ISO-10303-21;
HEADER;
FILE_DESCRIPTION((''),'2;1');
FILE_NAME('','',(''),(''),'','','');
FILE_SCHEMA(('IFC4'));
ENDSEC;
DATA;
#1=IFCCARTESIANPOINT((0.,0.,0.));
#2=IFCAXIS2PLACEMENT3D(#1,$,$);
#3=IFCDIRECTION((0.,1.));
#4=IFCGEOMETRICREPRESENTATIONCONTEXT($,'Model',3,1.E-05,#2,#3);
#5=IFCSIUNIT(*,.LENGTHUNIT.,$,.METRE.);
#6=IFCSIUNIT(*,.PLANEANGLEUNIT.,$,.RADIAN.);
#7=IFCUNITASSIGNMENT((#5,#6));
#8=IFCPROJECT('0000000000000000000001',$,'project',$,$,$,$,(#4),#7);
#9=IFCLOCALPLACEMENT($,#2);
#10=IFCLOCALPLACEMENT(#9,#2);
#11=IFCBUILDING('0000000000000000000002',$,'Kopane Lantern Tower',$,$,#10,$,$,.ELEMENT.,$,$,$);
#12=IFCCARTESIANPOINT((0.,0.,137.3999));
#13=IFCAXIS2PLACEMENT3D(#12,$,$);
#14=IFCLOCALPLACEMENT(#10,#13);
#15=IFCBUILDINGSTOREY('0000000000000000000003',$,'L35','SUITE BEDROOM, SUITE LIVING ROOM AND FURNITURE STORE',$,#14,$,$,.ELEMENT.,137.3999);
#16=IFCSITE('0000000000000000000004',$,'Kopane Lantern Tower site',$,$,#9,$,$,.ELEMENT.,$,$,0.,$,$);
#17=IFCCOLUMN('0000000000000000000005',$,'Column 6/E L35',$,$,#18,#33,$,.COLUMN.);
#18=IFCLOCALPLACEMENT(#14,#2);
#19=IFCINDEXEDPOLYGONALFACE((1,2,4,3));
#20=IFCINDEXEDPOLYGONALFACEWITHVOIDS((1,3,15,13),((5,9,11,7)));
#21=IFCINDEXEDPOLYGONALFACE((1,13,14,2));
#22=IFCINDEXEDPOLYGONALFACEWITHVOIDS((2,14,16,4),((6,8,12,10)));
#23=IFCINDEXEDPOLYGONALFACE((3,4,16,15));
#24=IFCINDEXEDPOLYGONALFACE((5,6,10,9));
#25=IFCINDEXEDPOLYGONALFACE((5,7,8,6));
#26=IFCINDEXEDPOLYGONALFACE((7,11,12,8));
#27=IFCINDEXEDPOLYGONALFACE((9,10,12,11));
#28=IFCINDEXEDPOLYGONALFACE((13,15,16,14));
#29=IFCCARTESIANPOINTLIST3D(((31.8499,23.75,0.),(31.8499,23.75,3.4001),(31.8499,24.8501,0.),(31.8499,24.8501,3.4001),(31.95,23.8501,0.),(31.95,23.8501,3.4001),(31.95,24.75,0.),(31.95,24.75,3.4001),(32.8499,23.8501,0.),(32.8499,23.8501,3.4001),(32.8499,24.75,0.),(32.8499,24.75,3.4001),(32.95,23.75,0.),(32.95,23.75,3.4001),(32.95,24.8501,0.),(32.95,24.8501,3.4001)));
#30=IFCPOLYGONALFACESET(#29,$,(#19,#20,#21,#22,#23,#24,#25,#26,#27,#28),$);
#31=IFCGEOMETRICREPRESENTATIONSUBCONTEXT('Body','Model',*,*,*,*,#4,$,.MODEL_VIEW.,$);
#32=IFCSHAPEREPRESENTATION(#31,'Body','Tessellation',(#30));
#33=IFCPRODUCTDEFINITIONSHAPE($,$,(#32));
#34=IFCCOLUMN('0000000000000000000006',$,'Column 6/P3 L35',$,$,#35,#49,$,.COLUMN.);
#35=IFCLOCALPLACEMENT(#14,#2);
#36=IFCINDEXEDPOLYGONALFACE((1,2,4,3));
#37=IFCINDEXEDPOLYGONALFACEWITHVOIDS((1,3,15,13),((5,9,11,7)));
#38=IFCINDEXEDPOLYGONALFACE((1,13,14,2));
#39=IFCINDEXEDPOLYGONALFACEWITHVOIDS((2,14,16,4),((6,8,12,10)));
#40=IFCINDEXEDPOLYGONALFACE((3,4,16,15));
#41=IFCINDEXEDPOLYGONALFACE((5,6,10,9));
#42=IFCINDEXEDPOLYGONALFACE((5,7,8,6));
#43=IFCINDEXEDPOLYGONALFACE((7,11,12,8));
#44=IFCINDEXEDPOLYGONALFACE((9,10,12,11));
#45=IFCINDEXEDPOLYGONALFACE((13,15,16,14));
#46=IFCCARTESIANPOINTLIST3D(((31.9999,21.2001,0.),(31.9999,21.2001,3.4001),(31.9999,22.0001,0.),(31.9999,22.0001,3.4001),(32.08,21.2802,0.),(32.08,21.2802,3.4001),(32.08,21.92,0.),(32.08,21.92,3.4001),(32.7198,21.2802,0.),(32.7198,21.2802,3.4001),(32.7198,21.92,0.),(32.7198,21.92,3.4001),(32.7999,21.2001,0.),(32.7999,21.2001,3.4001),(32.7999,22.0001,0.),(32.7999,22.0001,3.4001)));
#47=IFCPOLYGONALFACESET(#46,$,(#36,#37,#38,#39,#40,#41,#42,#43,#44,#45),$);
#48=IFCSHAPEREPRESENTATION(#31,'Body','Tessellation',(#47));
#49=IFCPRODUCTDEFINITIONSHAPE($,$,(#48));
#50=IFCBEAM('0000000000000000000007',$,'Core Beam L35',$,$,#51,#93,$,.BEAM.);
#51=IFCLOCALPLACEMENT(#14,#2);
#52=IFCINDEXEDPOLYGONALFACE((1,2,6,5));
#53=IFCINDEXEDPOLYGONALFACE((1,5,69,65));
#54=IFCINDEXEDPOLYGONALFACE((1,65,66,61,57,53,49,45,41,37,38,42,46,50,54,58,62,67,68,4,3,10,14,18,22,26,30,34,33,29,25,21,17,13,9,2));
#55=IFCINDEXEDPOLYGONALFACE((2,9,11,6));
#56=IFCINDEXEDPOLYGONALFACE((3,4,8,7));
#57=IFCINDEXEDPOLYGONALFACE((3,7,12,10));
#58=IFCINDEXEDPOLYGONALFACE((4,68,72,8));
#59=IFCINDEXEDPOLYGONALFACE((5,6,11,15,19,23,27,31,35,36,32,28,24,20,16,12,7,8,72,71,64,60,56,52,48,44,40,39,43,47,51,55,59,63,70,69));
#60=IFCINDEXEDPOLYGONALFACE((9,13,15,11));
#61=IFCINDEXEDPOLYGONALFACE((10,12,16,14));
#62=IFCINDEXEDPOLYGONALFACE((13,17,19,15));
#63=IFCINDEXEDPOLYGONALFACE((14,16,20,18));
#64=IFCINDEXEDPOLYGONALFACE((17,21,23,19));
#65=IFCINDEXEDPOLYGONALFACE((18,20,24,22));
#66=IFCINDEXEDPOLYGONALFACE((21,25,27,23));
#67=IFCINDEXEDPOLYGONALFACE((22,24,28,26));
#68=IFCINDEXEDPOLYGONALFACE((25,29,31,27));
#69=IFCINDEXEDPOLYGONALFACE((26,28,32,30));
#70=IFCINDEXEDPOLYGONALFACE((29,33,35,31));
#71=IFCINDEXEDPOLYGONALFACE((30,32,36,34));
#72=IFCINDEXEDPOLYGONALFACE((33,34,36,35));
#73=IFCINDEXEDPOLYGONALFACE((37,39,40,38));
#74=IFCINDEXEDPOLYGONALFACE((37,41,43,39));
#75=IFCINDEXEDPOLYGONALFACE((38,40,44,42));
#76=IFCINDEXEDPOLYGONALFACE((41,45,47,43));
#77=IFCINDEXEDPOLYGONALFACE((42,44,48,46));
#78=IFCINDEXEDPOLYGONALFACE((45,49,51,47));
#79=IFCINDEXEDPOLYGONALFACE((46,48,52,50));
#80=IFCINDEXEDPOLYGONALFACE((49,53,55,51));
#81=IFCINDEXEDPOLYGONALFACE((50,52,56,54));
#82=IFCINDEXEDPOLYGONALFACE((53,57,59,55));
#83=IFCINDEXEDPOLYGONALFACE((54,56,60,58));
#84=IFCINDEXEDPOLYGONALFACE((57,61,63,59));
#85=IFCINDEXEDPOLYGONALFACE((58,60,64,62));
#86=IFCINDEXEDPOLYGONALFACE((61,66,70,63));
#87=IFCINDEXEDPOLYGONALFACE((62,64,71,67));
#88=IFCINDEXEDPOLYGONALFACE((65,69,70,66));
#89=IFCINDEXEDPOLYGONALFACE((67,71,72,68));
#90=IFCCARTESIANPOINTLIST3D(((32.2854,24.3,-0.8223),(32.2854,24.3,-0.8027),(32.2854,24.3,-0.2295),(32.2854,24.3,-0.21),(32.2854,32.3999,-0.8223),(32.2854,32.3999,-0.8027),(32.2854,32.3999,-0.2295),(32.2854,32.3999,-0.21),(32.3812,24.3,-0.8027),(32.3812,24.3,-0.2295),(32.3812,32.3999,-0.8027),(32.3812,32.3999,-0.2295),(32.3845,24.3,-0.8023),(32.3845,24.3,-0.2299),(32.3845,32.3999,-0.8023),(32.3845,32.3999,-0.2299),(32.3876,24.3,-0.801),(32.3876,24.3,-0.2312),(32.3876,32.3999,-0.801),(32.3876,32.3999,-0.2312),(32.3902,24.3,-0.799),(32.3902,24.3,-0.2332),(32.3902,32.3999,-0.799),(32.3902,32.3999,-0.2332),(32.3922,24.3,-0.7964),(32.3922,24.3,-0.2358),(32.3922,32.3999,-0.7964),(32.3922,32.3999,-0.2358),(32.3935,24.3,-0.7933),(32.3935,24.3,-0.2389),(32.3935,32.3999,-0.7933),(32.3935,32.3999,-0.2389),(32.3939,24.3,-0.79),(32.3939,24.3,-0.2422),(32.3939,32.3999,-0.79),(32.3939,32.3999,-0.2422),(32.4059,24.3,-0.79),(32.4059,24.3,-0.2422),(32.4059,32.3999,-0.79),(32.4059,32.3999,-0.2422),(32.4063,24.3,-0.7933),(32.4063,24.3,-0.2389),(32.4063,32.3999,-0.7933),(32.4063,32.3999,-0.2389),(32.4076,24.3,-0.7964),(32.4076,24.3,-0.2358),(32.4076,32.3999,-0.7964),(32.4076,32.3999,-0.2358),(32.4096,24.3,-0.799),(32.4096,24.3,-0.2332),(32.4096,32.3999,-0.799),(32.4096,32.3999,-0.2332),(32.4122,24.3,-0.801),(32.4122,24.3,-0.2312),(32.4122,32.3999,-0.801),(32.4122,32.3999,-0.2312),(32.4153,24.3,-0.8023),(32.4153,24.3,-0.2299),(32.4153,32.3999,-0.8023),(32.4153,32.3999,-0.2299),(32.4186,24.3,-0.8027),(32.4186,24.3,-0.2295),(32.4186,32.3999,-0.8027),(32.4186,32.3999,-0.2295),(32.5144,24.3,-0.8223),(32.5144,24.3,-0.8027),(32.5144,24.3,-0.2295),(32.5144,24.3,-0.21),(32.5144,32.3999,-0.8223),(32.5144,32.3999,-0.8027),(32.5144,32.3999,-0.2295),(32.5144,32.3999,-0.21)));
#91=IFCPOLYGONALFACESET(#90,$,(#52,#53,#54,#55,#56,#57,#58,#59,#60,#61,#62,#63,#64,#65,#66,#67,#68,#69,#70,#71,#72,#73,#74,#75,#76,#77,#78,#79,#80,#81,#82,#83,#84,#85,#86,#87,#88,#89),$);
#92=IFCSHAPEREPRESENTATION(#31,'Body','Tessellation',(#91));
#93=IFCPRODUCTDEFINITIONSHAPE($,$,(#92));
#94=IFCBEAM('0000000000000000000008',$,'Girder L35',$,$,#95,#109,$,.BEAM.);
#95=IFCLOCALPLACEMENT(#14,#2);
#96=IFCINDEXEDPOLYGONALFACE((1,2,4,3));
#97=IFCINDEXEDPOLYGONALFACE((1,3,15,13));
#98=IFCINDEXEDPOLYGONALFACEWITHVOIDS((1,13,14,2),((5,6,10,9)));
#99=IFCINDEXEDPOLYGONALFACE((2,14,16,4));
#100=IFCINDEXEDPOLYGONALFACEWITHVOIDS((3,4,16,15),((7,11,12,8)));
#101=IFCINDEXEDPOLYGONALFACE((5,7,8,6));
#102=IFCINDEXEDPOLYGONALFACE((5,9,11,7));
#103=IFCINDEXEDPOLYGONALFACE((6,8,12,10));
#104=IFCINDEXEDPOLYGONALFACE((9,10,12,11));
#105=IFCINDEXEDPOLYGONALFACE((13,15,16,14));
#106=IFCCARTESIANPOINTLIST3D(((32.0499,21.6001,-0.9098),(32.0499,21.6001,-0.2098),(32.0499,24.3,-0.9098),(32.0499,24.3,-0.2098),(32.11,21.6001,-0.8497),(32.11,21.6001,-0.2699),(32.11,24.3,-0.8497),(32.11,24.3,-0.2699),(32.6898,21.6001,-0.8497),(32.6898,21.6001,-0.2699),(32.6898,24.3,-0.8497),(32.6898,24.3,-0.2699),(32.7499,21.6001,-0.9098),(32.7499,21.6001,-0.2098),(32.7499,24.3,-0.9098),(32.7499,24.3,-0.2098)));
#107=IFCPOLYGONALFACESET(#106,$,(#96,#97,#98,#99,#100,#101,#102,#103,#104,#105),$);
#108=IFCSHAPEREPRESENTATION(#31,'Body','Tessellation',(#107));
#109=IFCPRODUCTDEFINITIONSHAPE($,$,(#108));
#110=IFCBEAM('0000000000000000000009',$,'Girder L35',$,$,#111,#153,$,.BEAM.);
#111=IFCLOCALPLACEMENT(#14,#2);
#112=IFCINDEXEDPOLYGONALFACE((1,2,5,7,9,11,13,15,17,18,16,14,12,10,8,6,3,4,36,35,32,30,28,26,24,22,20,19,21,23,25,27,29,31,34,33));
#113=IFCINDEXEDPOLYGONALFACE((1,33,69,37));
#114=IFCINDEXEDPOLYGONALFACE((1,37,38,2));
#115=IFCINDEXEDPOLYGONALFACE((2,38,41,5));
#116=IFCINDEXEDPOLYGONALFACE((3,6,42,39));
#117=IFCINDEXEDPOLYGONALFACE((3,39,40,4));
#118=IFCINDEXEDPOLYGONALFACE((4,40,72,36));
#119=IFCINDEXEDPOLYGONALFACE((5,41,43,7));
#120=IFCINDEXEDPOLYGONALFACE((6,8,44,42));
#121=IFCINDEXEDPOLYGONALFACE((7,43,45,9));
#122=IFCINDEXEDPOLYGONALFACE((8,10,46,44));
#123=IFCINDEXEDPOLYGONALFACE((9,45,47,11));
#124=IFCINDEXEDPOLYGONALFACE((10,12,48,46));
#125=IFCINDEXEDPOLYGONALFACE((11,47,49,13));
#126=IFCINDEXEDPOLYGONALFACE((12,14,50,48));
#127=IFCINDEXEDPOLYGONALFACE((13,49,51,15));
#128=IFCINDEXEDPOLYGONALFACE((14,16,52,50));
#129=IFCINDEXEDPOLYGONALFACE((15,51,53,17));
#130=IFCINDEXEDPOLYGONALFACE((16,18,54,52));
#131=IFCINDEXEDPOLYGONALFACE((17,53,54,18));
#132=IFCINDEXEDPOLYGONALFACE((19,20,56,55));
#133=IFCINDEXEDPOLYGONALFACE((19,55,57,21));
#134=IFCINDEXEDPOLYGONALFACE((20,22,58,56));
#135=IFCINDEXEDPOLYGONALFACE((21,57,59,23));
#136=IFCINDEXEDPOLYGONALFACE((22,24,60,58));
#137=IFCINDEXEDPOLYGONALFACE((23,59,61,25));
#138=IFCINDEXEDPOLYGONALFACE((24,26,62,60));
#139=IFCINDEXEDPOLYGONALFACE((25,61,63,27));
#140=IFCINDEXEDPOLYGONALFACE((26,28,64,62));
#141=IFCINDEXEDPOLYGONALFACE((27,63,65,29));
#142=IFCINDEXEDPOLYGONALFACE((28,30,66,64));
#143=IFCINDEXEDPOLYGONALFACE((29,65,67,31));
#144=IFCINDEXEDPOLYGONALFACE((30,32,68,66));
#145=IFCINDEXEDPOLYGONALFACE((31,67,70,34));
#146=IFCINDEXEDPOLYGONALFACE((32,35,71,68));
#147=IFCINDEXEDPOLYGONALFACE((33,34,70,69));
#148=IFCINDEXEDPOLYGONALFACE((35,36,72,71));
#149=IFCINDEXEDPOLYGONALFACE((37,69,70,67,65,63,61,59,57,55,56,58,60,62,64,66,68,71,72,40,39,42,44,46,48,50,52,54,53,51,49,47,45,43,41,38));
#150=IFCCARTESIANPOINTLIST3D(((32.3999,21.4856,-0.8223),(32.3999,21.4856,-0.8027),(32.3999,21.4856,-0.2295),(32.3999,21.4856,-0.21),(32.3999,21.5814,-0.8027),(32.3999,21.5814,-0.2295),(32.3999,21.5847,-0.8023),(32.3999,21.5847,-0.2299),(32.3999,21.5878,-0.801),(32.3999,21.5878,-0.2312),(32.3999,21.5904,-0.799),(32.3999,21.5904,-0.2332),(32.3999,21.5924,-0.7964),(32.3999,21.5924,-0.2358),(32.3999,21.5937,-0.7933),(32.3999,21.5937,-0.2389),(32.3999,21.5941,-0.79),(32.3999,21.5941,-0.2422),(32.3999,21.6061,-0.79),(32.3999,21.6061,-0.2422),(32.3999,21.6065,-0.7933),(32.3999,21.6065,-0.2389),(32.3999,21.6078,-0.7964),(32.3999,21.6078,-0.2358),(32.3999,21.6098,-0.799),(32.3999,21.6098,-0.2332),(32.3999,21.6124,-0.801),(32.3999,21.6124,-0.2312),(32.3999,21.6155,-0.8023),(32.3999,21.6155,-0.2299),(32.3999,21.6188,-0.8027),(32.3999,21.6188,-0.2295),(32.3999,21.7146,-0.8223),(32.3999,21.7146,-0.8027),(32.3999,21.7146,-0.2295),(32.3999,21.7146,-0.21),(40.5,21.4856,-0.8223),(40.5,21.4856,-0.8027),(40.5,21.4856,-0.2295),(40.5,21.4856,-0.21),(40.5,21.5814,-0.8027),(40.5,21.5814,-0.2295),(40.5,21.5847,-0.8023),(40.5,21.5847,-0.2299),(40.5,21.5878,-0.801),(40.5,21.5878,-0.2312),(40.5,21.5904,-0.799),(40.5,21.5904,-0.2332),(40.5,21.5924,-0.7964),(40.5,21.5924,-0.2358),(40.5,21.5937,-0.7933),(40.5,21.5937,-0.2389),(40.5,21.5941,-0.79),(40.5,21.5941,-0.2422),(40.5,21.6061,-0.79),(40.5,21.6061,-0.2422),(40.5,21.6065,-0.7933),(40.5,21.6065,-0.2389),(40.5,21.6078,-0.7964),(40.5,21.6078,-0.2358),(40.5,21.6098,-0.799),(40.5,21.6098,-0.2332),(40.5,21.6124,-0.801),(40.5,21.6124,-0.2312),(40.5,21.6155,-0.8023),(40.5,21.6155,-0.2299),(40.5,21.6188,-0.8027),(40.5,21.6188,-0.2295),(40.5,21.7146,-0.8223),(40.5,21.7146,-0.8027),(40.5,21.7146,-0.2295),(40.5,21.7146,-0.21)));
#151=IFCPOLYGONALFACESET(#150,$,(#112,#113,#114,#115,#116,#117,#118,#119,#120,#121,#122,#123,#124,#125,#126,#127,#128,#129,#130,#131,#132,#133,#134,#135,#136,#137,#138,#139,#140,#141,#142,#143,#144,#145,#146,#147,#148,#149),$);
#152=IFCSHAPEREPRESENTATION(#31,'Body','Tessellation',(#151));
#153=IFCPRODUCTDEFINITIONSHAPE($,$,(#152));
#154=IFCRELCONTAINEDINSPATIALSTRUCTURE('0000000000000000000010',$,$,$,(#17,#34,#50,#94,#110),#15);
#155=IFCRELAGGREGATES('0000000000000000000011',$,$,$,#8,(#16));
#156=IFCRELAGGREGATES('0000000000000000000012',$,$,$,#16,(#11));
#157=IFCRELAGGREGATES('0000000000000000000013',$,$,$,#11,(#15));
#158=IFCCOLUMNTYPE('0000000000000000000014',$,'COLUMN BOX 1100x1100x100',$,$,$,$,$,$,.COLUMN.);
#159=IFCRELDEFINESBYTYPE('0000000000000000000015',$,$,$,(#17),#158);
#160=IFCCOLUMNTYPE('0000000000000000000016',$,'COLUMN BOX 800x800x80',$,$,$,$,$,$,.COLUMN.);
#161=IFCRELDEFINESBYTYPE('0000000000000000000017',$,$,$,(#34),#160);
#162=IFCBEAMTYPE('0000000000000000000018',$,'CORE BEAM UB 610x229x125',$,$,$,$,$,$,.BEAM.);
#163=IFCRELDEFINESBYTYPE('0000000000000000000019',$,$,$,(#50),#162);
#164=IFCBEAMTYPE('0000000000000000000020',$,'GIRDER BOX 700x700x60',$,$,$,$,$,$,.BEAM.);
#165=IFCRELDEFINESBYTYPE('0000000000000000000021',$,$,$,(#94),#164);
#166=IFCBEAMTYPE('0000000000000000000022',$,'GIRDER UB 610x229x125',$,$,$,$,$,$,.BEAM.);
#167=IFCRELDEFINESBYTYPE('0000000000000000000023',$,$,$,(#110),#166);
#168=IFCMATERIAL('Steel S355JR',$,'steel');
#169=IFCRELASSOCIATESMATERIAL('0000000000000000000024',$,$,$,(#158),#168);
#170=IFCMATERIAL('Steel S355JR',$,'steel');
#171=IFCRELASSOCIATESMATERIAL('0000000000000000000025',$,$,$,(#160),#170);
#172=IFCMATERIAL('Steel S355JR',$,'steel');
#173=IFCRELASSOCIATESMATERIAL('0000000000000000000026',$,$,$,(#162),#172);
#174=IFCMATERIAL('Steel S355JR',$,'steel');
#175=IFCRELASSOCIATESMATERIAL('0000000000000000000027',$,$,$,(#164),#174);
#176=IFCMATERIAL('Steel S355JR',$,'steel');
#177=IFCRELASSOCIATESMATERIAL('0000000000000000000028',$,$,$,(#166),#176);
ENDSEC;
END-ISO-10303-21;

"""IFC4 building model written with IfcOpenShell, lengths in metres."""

from ifc_helpers import new_model, si_unit, direction, frame, origin, origin_2d, place, context, subcontext, project, spatial, hollow_rectangle, i_section, extrude, material, material_profile, profile_set, type_object, element, save


model = new_model("IFC4")

# Units and contexts
model_context = context("Model", 3, precision=1e-05, world=origin(), true_north=direction((0.0, 1.0)))
body_context = subcontext(model_context, "Body", "Model", "MODEL_VIEW")
ifc_project = project(units=[si_unit("LENGTHUNIT", "METRE"), si_unit("PLANEANGLEUNIT", "RADIAN")], contexts=[model_context])

# Site, building, storey
site_placement = place(None, origin())
site = spatial("IfcSite", under=ifc_project, at=site_placement, Name="Kopane Lantern Tower site", CompositionType="ELEMENT", RefElevation=0.0)
building_placement = place(site_placement, origin())
building = spatial("IfcBuilding", under=site, at=building_placement, Name="Kopane Lantern Tower", CompositionType="ELEMENT")
storey_placement = place(building_placement, frame((0.0, 0.0, 137.3999)))
storey = spatial("IfcBuildingStorey", under=building, at=storey_placement, Name="L35", Description="SUITE BEDROOM, SUITE LIVING ROOM AND FURNITURE STORE", CompositionType="ELEMENT", Elevation=137.3999)

# Columns
ifc_material_1 = material(Name="Steel S355JR", Category="steel")
ifc_material_profile_1 = material_profile(ifc_material_1, hollow_rectangle(XDim=1.1001, YDim=1.1001, WallThickness=0.1001, at=origin_2d()), Name="BOX 1100x1100x100")
ifc_profile_set_1 = profile_set([ifc_material_profile_1], Name="Steel S355JR")
column_type_1 = type_object("IfcColumnType", Name="COLUMN BOX 1100x1100x100", PredefinedType="COLUMN", material=ifc_profile_set_1)
column_1_placement = place(storey_placement, frame((32.3999, 24.3, 0.0), z_axis=(0.0, 0.0, 1.0), x_axis=(1.0, 0.0, 0.0)))
element("IfcColumn", 1, at=column_1_placement, inside=storey, type_object=column_type_1, Name="Column 6/E L35", PredefinedType="COLUMN", context=body_context, shape_type="SweptSolid", body=[
    extrude(hollow_rectangle(XDim=1.1001, YDim=1.1001, WallThickness=0.1001, at=origin_2d()), origin(), (0.0, 0.0, 1.0), 3.4001),
])
ifc_material_2 = material(Name="Steel S355JR", Category="steel")
ifc_material_profile_2 = material_profile(ifc_material_2, hollow_rectangle(XDim=0.8, YDim=0.8, WallThickness=0.0801, at=origin_2d()), Name="BOX 800x800x80")
ifc_profile_set_2 = profile_set([ifc_material_profile_2], Name="Steel S355JR")
column_type_2 = type_object("IfcColumnType", Name="COLUMN BOX 800x800x80", PredefinedType="COLUMN", material=ifc_profile_set_2)
column_2_placement = place(storey_placement, frame((32.3999, 21.6001, 0.0), z_axis=(0.0, 0.0, 1.0), x_axis=(1.0, 0.0, 0.0)))
element("IfcColumn", 2, at=column_2_placement, inside=storey, type_object=column_type_2, Name="Column 6/P3 L35", PredefinedType="COLUMN", context=body_context, shape_type="SweptSolid", body=[
    extrude(hollow_rectangle(XDim=0.8, YDim=0.8, WallThickness=0.0801, at=origin_2d()), origin(), (0.0, 0.0, 1.0), 3.4001),
])

# Beams
ifc_material_3 = material(Name="Steel S355JR", Category="steel")
ifc_material_profile_3 = material_profile(ifc_material_3, i_section(OverallWidth=0.229, OverallDepth=0.6123, WebThickness=0.012, FlangeThickness=0.0195, FilletRadius=0.0127, at=origin_2d()), Name="UB 610x229x125")
ifc_profile_set_3 = profile_set([ifc_material_profile_3], Name="Steel S355JR")
beam_type_1 = type_object("IfcBeamType", Name="CORE BEAM UB 610x229x125", PredefinedType="BEAM", material=ifc_profile_set_3)
beam_1_placement = place(storey_placement, frame((32.3999, 24.3, -0.5161), z_axis=(0.0, 1.0, 0.0), x_axis=(-1.0, 0.0, 0.0)))
element("IfcBeam", 3, at=beam_1_placement, inside=storey, type_object=beam_type_1, Name="Core Beam L35", PredefinedType="BEAM", context=body_context, shape_type="SweptSolid", body=[
    extrude(i_section(OverallWidth=0.229, OverallDepth=0.6123, WebThickness=0.012, FlangeThickness=0.0195, FilletRadius=0.0127, at=origin_2d()), origin(), (0.0, 0.0, 1.0), 8.0999),
])
ifc_material_4 = material(Name="Steel S355JR", Category="steel")
ifc_material_profile_4 = material_profile(ifc_material_4, hollow_rectangle(XDim=0.7, YDim=0.7, WallThickness=0.0601, at=origin_2d()), Name="BOX 700x700x60")
ifc_profile_set_4 = profile_set([ifc_material_profile_4], Name="Steel S355JR")
beam_type_2 = type_object("IfcBeamType", Name="GIRDER BOX 700x700x60", PredefinedType="BEAM", material=ifc_profile_set_4)
beam_2_placement = place(storey_placement, frame((32.3999, 21.6001, -0.5598), z_axis=(0.0, 1.0, 0.0), x_axis=(-1.0, 0.0, 0.0)))
element("IfcBeam", 4, at=beam_2_placement, inside=storey, type_object=beam_type_2, Name="Girder L35", PredefinedType="BEAM", context=body_context, shape_type="SweptSolid", body=[
    extrude(hollow_rectangle(XDim=0.7, YDim=0.7, WallThickness=0.0601, at=origin_2d()), origin(), (0.0, 0.0, 1.0), 2.7),
])
ifc_material_5 = material(Name="Steel S355JR", Category="steel")
ifc_material_profile_5 = material_profile(ifc_material_5, i_section(OverallWidth=0.229, OverallDepth=0.6123, WebThickness=0.012, FlangeThickness=0.0195, FilletRadius=0.0127, at=origin_2d()), Name="UB 610x229x125")
ifc_profile_set_5 = profile_set([ifc_material_profile_5], Name="Steel S355JR")
beam_type_3 = type_object("IfcBeamType", Name="GIRDER UB 610x229x125", PredefinedType="BEAM", material=ifc_profile_set_5)
beam_3_placement = place(storey_placement, frame((32.3999, 21.6001, -0.5161), z_axis=(1.0, 0.0, 0.0), x_axis=(0.0, 1.0, 0.0)))
element("IfcBeam", 5, at=beam_3_placement, inside=storey, type_object=beam_type_3, Name="Girder L35", PredefinedType="BEAM", context=body_context, shape_type="SweptSolid", body=[
    extrude(i_section(OverallWidth=0.229, OverallDepth=0.6123, WebThickness=0.012, FlangeThickness=0.0195, FilletRadius=0.0127, at=origin_2d()), origin(), (0.0, 0.0, 1.0), 8.1001),
])

save(model, "model.ifc")
